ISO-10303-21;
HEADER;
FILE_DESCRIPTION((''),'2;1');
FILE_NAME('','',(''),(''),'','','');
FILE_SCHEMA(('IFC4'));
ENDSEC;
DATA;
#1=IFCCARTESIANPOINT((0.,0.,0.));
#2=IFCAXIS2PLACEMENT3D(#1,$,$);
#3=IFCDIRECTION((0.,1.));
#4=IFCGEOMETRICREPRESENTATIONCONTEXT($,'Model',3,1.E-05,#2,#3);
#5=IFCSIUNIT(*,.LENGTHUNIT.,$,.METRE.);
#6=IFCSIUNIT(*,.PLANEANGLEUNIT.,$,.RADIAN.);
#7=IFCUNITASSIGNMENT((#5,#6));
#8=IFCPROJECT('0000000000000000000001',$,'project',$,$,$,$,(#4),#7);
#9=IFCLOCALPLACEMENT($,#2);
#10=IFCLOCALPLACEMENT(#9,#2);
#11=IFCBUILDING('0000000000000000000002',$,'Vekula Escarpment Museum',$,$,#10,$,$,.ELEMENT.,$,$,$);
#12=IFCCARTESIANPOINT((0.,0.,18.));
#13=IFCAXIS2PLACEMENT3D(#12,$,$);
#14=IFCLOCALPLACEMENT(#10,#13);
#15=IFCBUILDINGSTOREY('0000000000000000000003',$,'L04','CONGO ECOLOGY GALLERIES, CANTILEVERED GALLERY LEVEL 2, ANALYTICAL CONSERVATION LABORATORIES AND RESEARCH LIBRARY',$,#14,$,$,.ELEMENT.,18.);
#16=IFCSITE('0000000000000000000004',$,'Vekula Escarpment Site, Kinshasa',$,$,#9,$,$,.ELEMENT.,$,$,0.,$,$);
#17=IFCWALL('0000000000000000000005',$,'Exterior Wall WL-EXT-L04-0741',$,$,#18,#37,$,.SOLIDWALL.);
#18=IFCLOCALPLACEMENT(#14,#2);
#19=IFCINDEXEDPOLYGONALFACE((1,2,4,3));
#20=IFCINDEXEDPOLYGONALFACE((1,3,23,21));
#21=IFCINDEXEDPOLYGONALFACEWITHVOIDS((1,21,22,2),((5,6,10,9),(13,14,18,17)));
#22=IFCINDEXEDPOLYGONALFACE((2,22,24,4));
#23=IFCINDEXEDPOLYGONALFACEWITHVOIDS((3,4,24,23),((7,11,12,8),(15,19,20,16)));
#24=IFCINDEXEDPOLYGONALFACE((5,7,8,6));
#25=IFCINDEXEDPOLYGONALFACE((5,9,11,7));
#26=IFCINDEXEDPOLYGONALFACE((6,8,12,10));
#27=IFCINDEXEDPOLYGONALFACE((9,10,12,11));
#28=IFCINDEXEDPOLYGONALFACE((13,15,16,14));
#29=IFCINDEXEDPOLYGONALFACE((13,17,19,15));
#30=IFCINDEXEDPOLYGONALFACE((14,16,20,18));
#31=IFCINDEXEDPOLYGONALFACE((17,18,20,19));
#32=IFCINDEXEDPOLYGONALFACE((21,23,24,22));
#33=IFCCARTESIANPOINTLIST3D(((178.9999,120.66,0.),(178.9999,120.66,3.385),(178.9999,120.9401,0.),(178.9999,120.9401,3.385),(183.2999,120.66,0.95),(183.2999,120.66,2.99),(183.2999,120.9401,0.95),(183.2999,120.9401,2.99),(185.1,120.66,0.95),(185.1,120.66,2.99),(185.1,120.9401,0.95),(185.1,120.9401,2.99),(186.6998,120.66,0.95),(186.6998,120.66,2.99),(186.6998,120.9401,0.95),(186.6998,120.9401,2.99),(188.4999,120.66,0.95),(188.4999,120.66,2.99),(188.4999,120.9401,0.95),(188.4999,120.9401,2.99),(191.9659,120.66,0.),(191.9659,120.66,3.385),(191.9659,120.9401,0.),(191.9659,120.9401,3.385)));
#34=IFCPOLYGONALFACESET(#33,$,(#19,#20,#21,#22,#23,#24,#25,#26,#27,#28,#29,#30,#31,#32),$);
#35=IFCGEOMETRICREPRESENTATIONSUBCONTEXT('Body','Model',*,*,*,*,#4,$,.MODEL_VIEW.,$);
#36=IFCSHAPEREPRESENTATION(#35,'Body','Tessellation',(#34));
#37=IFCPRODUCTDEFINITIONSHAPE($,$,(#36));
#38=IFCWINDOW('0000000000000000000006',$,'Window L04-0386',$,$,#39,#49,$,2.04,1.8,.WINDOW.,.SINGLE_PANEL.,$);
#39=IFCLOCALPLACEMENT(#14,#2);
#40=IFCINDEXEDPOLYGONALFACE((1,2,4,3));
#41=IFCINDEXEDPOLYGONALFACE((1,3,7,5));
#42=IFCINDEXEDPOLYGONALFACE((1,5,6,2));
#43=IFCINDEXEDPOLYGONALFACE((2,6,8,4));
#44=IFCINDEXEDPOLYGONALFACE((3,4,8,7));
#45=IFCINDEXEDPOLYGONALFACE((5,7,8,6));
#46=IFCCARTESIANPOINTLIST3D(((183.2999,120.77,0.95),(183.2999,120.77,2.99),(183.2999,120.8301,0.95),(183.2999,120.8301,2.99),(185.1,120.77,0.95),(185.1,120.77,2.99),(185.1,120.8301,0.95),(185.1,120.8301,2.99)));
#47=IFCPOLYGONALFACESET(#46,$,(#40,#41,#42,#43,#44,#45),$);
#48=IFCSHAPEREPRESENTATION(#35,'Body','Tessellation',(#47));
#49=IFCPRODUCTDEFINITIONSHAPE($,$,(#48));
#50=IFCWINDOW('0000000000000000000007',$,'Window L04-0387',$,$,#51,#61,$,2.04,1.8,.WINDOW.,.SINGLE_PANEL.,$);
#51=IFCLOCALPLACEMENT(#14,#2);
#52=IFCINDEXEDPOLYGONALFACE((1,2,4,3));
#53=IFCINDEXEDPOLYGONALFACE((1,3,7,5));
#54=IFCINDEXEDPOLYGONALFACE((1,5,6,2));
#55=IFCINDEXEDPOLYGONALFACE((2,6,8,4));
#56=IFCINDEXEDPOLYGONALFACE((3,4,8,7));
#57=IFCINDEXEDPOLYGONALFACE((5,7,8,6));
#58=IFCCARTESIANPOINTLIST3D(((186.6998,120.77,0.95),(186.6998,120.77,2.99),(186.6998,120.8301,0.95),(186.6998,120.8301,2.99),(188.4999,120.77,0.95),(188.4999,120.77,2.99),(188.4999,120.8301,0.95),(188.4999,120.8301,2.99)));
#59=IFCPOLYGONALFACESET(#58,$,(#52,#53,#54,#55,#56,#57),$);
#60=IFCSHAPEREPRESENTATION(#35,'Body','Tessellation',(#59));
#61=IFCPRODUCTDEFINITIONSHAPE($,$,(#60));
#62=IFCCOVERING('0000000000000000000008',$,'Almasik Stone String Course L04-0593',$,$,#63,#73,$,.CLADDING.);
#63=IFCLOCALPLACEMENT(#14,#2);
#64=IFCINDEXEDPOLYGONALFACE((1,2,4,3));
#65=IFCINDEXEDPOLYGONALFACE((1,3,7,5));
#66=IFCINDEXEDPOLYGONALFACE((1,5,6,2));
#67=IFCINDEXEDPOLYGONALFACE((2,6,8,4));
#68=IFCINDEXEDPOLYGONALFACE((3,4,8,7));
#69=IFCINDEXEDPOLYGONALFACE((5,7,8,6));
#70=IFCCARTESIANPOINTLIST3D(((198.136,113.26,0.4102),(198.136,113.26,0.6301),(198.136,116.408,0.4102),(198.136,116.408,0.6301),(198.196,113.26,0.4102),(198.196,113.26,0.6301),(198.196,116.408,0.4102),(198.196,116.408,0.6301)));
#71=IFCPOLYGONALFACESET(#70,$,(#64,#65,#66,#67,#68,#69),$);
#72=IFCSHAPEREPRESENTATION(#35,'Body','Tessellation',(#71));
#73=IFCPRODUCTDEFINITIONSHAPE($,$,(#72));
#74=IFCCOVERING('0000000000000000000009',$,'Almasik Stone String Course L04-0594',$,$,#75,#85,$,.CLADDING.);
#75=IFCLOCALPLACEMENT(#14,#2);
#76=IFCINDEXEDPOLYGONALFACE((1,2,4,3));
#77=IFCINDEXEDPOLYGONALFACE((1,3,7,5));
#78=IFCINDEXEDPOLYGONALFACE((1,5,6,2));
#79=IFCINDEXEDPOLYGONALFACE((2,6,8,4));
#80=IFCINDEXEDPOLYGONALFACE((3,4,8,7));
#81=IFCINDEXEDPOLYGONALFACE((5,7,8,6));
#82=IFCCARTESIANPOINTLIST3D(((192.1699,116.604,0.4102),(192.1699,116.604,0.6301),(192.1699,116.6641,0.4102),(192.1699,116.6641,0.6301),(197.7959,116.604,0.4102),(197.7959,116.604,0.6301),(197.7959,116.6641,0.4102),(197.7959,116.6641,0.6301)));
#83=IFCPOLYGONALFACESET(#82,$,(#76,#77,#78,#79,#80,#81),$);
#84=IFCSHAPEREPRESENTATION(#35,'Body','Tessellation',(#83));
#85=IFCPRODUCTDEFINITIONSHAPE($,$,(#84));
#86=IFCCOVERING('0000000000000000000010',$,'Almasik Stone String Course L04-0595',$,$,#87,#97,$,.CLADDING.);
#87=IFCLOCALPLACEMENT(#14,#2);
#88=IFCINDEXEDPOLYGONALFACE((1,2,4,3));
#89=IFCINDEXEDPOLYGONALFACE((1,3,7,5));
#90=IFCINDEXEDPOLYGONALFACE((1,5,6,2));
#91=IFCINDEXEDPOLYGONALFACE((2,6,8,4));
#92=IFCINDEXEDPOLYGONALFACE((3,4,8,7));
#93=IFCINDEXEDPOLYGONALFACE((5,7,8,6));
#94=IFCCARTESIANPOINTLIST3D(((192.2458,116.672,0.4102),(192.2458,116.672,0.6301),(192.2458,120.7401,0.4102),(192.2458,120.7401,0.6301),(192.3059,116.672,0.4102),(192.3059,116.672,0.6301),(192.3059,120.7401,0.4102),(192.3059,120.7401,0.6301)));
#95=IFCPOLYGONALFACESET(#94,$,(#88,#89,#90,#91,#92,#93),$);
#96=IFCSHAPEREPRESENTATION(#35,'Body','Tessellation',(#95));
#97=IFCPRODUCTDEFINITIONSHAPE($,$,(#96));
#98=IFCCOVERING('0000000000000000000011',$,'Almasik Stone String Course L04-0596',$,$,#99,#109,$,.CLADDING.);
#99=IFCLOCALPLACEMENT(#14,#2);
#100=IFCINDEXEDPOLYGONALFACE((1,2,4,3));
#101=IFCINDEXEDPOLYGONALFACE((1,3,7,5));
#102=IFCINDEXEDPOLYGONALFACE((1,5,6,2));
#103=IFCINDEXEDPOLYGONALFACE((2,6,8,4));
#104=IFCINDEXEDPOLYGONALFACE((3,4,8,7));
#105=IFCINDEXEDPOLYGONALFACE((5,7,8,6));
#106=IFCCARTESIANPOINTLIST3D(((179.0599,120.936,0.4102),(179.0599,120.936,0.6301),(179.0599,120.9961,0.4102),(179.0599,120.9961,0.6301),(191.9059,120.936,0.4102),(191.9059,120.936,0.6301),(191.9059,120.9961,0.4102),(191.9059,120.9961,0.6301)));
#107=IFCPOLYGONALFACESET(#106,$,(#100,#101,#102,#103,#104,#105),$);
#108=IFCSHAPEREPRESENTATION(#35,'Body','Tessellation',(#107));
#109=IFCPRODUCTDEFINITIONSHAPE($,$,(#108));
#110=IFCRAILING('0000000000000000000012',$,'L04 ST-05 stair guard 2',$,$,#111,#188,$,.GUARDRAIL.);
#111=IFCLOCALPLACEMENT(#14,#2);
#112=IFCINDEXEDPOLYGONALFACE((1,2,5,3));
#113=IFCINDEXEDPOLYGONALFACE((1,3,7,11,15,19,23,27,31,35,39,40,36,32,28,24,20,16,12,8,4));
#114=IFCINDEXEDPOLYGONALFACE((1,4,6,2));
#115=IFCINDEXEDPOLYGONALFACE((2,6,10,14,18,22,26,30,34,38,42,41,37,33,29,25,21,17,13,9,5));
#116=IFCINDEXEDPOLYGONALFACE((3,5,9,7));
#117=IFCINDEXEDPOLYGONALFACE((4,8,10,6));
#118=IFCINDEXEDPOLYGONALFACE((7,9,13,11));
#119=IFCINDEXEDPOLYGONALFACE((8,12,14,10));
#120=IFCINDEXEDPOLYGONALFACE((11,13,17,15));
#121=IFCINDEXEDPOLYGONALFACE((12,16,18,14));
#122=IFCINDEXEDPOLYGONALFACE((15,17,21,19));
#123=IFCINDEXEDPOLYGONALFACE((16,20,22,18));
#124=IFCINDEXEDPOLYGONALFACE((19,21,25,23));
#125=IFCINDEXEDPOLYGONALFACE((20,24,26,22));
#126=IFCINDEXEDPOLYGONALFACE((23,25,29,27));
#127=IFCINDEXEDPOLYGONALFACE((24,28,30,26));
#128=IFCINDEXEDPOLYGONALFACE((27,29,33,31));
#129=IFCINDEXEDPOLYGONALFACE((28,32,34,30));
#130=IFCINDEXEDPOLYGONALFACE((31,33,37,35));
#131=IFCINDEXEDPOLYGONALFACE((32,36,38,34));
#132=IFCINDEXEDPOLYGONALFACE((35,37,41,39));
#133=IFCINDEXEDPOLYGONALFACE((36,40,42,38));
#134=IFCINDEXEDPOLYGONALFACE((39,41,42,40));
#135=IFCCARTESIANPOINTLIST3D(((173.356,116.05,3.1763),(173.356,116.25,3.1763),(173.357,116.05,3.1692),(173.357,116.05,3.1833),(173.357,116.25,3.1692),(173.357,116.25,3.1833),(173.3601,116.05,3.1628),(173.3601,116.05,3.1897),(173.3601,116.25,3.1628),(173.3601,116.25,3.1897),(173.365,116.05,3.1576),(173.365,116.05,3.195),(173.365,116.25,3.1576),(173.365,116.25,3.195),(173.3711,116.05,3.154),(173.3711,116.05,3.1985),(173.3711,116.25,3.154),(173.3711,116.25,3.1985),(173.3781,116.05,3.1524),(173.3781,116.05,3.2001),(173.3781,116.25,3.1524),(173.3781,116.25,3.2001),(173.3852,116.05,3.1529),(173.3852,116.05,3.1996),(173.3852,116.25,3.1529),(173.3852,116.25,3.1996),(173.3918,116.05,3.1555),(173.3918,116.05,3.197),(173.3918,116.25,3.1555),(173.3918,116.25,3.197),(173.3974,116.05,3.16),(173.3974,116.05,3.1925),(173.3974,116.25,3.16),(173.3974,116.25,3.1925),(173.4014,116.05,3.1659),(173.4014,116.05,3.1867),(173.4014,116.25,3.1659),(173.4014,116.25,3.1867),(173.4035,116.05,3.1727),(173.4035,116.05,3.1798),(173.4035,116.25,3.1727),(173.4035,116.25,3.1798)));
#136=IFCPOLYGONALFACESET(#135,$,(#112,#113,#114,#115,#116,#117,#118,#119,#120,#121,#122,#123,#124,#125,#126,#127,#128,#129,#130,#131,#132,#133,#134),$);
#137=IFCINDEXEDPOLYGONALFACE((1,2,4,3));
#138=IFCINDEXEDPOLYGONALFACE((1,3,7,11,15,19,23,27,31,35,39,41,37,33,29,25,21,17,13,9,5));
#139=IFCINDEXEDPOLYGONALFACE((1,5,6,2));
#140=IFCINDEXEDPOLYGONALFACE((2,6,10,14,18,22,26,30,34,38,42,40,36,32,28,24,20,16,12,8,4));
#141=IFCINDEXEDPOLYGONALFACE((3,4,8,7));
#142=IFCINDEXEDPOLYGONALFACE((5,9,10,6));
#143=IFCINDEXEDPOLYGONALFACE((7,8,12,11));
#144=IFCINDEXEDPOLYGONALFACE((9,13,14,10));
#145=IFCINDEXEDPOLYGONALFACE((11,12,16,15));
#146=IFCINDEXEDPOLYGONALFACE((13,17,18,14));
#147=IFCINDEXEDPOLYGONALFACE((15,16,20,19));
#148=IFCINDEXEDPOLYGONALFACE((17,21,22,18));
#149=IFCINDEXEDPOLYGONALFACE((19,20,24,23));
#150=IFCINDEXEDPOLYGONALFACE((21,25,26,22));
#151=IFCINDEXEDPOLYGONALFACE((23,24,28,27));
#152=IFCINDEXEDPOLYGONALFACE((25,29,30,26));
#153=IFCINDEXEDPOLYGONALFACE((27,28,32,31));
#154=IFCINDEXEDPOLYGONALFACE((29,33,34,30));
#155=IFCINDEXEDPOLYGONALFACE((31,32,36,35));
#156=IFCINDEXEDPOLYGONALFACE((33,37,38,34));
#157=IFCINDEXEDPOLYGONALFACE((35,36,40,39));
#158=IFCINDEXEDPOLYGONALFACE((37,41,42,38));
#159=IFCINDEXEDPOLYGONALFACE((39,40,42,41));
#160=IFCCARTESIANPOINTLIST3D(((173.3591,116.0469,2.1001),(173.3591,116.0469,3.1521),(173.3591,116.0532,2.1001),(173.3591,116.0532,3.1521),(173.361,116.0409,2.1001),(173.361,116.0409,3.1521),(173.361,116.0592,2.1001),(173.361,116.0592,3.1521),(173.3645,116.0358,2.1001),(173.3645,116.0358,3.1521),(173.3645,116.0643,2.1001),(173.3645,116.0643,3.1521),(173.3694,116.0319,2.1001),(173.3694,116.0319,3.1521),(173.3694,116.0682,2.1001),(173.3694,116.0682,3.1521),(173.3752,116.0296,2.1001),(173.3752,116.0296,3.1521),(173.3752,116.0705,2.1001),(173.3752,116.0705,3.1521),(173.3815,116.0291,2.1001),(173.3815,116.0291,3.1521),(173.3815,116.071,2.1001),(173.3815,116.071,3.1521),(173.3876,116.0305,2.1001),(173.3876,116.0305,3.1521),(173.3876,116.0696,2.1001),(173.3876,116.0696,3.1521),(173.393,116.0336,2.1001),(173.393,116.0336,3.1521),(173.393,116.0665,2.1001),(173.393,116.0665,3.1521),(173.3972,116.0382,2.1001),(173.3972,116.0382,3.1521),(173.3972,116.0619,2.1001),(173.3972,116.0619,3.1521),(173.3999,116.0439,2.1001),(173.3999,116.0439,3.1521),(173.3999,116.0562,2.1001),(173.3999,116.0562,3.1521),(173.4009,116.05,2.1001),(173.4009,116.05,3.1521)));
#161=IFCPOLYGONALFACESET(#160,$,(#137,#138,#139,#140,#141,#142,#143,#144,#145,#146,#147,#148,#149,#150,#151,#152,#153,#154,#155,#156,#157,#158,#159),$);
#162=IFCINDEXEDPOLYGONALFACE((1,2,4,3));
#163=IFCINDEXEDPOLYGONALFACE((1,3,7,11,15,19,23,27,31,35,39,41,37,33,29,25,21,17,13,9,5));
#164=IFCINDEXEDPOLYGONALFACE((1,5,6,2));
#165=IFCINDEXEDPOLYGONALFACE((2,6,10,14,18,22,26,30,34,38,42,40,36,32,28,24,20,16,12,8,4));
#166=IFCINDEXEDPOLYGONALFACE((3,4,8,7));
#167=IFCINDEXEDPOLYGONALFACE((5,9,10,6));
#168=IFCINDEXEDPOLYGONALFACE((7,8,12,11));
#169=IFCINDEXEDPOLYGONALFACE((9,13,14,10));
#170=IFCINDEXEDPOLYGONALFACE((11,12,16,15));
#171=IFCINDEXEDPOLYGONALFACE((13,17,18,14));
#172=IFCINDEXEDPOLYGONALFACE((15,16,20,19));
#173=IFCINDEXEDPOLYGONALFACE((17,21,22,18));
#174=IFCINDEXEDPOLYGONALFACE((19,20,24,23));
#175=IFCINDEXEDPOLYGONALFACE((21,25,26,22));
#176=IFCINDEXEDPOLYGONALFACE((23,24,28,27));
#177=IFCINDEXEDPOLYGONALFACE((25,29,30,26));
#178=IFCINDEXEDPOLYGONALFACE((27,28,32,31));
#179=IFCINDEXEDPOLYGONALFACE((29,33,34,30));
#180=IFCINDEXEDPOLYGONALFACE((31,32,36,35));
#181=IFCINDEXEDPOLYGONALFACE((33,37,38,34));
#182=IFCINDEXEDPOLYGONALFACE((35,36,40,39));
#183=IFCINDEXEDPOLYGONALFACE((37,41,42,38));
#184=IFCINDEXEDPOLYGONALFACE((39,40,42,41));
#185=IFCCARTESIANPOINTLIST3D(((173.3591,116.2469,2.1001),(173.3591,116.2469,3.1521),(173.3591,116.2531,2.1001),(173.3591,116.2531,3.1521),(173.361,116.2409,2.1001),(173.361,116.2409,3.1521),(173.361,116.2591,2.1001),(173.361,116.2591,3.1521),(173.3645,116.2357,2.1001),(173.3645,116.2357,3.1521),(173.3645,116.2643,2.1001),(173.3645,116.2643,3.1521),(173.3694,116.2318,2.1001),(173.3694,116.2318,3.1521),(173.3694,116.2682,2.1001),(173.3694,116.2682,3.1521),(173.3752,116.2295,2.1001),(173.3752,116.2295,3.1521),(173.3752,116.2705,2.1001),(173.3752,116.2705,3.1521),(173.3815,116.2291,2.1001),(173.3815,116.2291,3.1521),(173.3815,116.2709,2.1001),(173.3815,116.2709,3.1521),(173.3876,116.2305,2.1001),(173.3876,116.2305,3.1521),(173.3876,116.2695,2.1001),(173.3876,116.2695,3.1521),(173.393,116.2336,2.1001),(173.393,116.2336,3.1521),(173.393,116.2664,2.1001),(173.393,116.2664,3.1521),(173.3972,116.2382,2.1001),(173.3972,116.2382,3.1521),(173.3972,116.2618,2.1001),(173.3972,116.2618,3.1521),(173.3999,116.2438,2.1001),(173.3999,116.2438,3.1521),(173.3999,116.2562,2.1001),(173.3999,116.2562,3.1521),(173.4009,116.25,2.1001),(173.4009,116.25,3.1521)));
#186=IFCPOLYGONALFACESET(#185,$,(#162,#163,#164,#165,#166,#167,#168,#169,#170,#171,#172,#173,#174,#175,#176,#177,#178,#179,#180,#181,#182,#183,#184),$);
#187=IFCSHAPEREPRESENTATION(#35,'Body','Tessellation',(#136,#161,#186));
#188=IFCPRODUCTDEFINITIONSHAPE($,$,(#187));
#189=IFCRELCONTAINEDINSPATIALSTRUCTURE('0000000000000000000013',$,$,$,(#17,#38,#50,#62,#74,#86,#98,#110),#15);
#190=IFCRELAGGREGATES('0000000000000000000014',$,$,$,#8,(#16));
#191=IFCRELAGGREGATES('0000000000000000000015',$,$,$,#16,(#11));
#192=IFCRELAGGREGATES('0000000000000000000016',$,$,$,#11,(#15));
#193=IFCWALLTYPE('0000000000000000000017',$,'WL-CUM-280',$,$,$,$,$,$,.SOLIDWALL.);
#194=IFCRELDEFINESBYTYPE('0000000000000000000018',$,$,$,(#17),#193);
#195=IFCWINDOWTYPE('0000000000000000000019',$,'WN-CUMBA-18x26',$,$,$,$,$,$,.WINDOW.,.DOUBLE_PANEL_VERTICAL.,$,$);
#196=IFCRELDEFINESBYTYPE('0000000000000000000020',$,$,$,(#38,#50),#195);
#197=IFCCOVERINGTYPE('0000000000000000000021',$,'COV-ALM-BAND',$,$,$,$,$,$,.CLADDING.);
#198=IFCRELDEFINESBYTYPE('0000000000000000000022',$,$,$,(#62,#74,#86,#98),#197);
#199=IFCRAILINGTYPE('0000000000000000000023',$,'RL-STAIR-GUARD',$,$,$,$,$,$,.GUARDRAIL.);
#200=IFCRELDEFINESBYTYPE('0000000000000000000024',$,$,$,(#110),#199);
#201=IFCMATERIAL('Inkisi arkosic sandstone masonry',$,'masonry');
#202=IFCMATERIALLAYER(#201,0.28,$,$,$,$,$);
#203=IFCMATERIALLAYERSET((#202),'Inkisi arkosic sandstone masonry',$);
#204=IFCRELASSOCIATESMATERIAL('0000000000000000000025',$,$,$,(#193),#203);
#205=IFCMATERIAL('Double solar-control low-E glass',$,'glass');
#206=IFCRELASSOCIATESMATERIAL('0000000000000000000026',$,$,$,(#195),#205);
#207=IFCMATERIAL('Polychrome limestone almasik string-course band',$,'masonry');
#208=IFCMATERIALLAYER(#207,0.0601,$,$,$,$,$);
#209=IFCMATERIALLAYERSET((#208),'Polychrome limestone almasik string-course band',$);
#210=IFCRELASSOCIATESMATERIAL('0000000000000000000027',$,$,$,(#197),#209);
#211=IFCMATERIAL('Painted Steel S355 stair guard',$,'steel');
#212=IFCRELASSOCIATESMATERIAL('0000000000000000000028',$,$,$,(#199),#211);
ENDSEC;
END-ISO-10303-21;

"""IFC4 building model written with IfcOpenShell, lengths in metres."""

from ifc_helpers import new_model, si_unit, direction, frame, frame_2d, origin, origin_2d, place, context, subcontext, project, spatial, rectangle, circle, extrude, material, layer, layer_set, type_object, element, fill, save


model = new_model("IFC4")

# Units and contexts
model_context = context("Model", 3, precision=1e-05, world=origin(), true_north=direction((0.0, 1.0)))
body_context = subcontext(model_context, "Body", "Model", "MODEL_VIEW")
ifc_project = project(units=[si_unit("LENGTHUNIT", "METRE"), si_unit("PLANEANGLEUNIT", "RADIAN")], contexts=[model_context])

# Site, building, storey
site_placement = place(None, origin())
site = spatial("IfcSite", under=ifc_project, at=site_placement, Name="Vekula Escarpment Site, Kinshasa", CompositionType="ELEMENT", RefElevation=0.0)
building_placement = place(site_placement, origin())
building = spatial("IfcBuilding", under=site, at=building_placement, Name="Vekula Escarpment Museum", CompositionType="ELEMENT")
storey_placement = place(building_placement, frame((0.0, 0.0, 18.0)))
storey = spatial("IfcBuildingStorey", under=building, at=storey_placement, Name="L04", Description="CONGO ECOLOGY GALLERIES, CANTILEVERED GALLERY LEVEL 2, ANALYTICAL CONSERVATION LABORATORIES AND RESEARCH LIBRARY", CompositionType="ELEMENT", Elevation=18.0)

# Shared definitions
ifc_material_1 = material(Name="Inkisi arkosic sandstone masonry", Category="masonry")
ifc_layer_1 = layer(ifc_material_1, 0.28)
ifc_layer_set_1 = layer_set([ifc_layer_1], Name="Inkisi arkosic sandstone masonry")
wall_type_1 = type_object("IfcWallType", Name="WL-CUM-280", PredefinedType="SOLIDWALL", material=ifc_layer_set_1)
ifc_material_2 = material(Name="Double solar-control low-E glass", Category="glass")
window_type_1 = type_object("IfcWindowType", Name="WN-CUMBA-18x26", PartitioningType="DOUBLE_PANEL_VERTICAL", PredefinedType="WINDOW", material=ifc_material_2)

# Wall, openings, windows
wall_1_placement = place(storey_placement, frame((179.0, 120.8, 0.0), z_axis=(0.0, 0.0, 1.0), x_axis=(1.0, 0.0, 0.0)))
wall_1 = element("IfcWall", 1, at=wall_1_placement, inside=storey, type_object=wall_type_1, Name="Exterior Wall WL-EXT-L04-0741", PredefinedType="SOLIDWALL", context=body_context, shape_type="SweptSolid", body=[
    extrude(rectangle(XDim=12.9661, YDim=0.28, at=frame_2d((6.4829, 0.0))), origin(), (0.0, 0.0, 1.0), 3.385),
])
opening_1_placement = place(wall_1_placement, frame((4.3, 0.0, 0.95)))
opening_1 = element("IfcOpeningElement", 2, at=opening_1_placement, cuts=wall_1, PredefinedType="OPENING", context=body_context, shape_type="SweptSolid", body=[
    extrude(rectangle(XDim=1.8, YDim=2.04, at=frame_2d((0.8999, 1.02))), frame((0.0, 0.1499, 0.0), z_axis=(0.0, -1.0, 0.0), x_axis=(1.0, 0.0, 0.0)), (0.0, 0.0, 1.0), 0.3),
])
opening_2_placement = place(wall_1_placement, frame((7.7, 0.0, 0.95)))
opening_2 = element("IfcOpeningElement", 3, at=opening_2_placement, cuts=wall_1, PredefinedType="OPENING", context=body_context, shape_type="SweptSolid", body=[
    extrude(rectangle(XDim=1.8, YDim=2.04, at=frame_2d((0.8999, 1.02))), frame((0.0, 0.1499, 0.0), z_axis=(0.0, -1.0, 0.0), x_axis=(1.0, 0.0, 0.0)), (0.0, 0.0, 1.0), 0.3),
])
window_1_placement = place(opening_1_placement, origin())
window_1 = element("IfcWindow", 4, at=window_1_placement, inside=storey, type_object=window_type_1, Name="Window L04-0386", OverallHeight=2.04, OverallWidth=1.8, PartitioningType="SINGLE_PANEL", PredefinedType="WINDOW", context=body_context, shape_type="SweptSolid", body=[
    extrude(rectangle(XDim=1.8, YDim=2.04, at=frame_2d((0.8999, 1.02))), frame((0.0, 0.03, 0.0), z_axis=(0.0, -1.0, 0.0), x_axis=(1.0, 0.0, 0.0)), (0.0, 0.0, 1.0), 0.0601),
])
fill(opening_1, window_1)
window_2_placement = place(opening_2_placement, origin())
window_2 = element("IfcWindow", 5, at=window_2_placement, inside=storey, type_object=window_type_1, Name="Window L04-0387", OverallHeight=2.04, OverallWidth=1.8, PartitioningType="SINGLE_PANEL", PredefinedType="WINDOW", context=body_context, shape_type="SweptSolid", body=[
    extrude(rectangle(XDim=1.8, YDim=2.04, at=frame_2d((0.8999, 1.02))), frame((0.0, 0.03, 0.0), z_axis=(0.0, -1.0, 0.0), x_axis=(1.0, 0.0, 0.0)), (0.0, 0.0, 1.0), 0.0601),
])
fill(opening_2, window_2)

# Coverings
ifc_material_3 = material(Name="Polychrome limestone almasik string-course band", Category="masonry")
ifc_layer_2 = layer(ifc_material_3, 0.0601)
ifc_layer_set_2 = layer_set([ifc_layer_2], Name="Polychrome limestone almasik string-course band")
covering_type = type_object("IfcCoveringType", Name="COV-ALM-BAND", PredefinedType="CLADDING", material=ifc_layer_set_2)
covering_1_placement = place(storey_placement, frame((198.166, 114.834, 0.4102), z_axis=(0.0, 0.0, 1.0), x_axis=(0.0, 1.0, 0.0)))
element("IfcCovering", 6, at=covering_1_placement, inside=storey, type_object=covering_type, Name="Almasik Stone String Course L04-0593", PredefinedType="CLADDING", context=body_context, shape_type="SweptSolid", body=[
    extrude(rectangle(XDim=3.1479, YDim=0.0601, at=origin_2d()), origin(), (0.0, 0.0, 1.0), 0.22),
])
covering_2_placement = place(storey_placement, frame((194.9829, 116.634, 0.4102), z_axis=(0.0, 0.0, 1.0), x_axis=(1.0, 0.0, 0.0)))
element("IfcCovering", 7, at=covering_2_placement, inside=storey, type_object=covering_type, Name="Almasik Stone String Course L04-0594", PredefinedType="CLADDING", context=body_context, shape_type="SweptSolid", body=[
    extrude(rectangle(XDim=5.626, YDim=0.0601, at=origin_2d()), origin(), (0.0, 0.0, 1.0), 0.22),
])
covering_3_placement = place(storey_placement, frame((192.2759, 118.7061, 0.4102), z_axis=(0.0, 0.0, 1.0), x_axis=(0.0, 1.0, 0.0)))
element("IfcCovering", 8, at=covering_3_placement, inside=storey, type_object=covering_type, Name="Almasik Stone String Course L04-0595", PredefinedType="CLADDING", context=body_context, shape_type="SweptSolid", body=[
    extrude(rectangle(XDim=4.0681, YDim=0.0601, at=origin_2d()), origin(), (0.0, 0.0, 1.0), 0.22),
])
covering_4_placement = place(storey_placement, frame((185.4829, 120.9661, 0.4102), z_axis=(0.0, 0.0, 1.0), x_axis=(1.0, 0.0, 0.0)))
element("IfcCovering", 9, at=covering_4_placement, inside=storey, type_object=covering_type, Name="Almasik Stone String Course L04-0596", PredefinedType="CLADDING", context=body_context, shape_type="SweptSolid", body=[
    extrude(rectangle(XDim=12.8459, YDim=0.0601, at=origin_2d()), origin(), (0.0, 0.0, 1.0), 0.22),
])

# Railing
ifc_material_4 = material(Name="Painted Steel S355 stair guard", Category="steel")
railing_type_1 = type_object("IfcRailingType", Name="RL-STAIR-GUARD", PredefinedType="GUARDRAIL", material=ifc_material_4)
railing_1_placement = place(storey_placement, frame((173.3799, 116.05, 2.1001)))
element("IfcRailing", 10, at=railing_1_placement, inside=storey, type_object=railing_type_1, Name="L04 ST-05 stair guard 2", PredefinedType="GUARDRAIL", context=body_context, shape_type="SweptSolid", body=[
    extrude(circle(Radius=0.0239, at=origin_2d()), frame((0.0, 0.0, 1.0762), z_axis=(0.0, 1.0, 0.0), x_axis=(-1.0, 0.0, 0.0)), (0.0, 0.0, 1.0), 0.2),
    extrude(circle(Radius=0.021, at=origin_2d()), origin(), (0.0, 0.0, 1.0), 1.052),
    extrude(circle(Radius=0.021, at=origin_2d()), frame((0.0, 0.2, 0.0)), (0.0, 0.0, 1.0), 1.052),
])

save(model, "model.ifc")
